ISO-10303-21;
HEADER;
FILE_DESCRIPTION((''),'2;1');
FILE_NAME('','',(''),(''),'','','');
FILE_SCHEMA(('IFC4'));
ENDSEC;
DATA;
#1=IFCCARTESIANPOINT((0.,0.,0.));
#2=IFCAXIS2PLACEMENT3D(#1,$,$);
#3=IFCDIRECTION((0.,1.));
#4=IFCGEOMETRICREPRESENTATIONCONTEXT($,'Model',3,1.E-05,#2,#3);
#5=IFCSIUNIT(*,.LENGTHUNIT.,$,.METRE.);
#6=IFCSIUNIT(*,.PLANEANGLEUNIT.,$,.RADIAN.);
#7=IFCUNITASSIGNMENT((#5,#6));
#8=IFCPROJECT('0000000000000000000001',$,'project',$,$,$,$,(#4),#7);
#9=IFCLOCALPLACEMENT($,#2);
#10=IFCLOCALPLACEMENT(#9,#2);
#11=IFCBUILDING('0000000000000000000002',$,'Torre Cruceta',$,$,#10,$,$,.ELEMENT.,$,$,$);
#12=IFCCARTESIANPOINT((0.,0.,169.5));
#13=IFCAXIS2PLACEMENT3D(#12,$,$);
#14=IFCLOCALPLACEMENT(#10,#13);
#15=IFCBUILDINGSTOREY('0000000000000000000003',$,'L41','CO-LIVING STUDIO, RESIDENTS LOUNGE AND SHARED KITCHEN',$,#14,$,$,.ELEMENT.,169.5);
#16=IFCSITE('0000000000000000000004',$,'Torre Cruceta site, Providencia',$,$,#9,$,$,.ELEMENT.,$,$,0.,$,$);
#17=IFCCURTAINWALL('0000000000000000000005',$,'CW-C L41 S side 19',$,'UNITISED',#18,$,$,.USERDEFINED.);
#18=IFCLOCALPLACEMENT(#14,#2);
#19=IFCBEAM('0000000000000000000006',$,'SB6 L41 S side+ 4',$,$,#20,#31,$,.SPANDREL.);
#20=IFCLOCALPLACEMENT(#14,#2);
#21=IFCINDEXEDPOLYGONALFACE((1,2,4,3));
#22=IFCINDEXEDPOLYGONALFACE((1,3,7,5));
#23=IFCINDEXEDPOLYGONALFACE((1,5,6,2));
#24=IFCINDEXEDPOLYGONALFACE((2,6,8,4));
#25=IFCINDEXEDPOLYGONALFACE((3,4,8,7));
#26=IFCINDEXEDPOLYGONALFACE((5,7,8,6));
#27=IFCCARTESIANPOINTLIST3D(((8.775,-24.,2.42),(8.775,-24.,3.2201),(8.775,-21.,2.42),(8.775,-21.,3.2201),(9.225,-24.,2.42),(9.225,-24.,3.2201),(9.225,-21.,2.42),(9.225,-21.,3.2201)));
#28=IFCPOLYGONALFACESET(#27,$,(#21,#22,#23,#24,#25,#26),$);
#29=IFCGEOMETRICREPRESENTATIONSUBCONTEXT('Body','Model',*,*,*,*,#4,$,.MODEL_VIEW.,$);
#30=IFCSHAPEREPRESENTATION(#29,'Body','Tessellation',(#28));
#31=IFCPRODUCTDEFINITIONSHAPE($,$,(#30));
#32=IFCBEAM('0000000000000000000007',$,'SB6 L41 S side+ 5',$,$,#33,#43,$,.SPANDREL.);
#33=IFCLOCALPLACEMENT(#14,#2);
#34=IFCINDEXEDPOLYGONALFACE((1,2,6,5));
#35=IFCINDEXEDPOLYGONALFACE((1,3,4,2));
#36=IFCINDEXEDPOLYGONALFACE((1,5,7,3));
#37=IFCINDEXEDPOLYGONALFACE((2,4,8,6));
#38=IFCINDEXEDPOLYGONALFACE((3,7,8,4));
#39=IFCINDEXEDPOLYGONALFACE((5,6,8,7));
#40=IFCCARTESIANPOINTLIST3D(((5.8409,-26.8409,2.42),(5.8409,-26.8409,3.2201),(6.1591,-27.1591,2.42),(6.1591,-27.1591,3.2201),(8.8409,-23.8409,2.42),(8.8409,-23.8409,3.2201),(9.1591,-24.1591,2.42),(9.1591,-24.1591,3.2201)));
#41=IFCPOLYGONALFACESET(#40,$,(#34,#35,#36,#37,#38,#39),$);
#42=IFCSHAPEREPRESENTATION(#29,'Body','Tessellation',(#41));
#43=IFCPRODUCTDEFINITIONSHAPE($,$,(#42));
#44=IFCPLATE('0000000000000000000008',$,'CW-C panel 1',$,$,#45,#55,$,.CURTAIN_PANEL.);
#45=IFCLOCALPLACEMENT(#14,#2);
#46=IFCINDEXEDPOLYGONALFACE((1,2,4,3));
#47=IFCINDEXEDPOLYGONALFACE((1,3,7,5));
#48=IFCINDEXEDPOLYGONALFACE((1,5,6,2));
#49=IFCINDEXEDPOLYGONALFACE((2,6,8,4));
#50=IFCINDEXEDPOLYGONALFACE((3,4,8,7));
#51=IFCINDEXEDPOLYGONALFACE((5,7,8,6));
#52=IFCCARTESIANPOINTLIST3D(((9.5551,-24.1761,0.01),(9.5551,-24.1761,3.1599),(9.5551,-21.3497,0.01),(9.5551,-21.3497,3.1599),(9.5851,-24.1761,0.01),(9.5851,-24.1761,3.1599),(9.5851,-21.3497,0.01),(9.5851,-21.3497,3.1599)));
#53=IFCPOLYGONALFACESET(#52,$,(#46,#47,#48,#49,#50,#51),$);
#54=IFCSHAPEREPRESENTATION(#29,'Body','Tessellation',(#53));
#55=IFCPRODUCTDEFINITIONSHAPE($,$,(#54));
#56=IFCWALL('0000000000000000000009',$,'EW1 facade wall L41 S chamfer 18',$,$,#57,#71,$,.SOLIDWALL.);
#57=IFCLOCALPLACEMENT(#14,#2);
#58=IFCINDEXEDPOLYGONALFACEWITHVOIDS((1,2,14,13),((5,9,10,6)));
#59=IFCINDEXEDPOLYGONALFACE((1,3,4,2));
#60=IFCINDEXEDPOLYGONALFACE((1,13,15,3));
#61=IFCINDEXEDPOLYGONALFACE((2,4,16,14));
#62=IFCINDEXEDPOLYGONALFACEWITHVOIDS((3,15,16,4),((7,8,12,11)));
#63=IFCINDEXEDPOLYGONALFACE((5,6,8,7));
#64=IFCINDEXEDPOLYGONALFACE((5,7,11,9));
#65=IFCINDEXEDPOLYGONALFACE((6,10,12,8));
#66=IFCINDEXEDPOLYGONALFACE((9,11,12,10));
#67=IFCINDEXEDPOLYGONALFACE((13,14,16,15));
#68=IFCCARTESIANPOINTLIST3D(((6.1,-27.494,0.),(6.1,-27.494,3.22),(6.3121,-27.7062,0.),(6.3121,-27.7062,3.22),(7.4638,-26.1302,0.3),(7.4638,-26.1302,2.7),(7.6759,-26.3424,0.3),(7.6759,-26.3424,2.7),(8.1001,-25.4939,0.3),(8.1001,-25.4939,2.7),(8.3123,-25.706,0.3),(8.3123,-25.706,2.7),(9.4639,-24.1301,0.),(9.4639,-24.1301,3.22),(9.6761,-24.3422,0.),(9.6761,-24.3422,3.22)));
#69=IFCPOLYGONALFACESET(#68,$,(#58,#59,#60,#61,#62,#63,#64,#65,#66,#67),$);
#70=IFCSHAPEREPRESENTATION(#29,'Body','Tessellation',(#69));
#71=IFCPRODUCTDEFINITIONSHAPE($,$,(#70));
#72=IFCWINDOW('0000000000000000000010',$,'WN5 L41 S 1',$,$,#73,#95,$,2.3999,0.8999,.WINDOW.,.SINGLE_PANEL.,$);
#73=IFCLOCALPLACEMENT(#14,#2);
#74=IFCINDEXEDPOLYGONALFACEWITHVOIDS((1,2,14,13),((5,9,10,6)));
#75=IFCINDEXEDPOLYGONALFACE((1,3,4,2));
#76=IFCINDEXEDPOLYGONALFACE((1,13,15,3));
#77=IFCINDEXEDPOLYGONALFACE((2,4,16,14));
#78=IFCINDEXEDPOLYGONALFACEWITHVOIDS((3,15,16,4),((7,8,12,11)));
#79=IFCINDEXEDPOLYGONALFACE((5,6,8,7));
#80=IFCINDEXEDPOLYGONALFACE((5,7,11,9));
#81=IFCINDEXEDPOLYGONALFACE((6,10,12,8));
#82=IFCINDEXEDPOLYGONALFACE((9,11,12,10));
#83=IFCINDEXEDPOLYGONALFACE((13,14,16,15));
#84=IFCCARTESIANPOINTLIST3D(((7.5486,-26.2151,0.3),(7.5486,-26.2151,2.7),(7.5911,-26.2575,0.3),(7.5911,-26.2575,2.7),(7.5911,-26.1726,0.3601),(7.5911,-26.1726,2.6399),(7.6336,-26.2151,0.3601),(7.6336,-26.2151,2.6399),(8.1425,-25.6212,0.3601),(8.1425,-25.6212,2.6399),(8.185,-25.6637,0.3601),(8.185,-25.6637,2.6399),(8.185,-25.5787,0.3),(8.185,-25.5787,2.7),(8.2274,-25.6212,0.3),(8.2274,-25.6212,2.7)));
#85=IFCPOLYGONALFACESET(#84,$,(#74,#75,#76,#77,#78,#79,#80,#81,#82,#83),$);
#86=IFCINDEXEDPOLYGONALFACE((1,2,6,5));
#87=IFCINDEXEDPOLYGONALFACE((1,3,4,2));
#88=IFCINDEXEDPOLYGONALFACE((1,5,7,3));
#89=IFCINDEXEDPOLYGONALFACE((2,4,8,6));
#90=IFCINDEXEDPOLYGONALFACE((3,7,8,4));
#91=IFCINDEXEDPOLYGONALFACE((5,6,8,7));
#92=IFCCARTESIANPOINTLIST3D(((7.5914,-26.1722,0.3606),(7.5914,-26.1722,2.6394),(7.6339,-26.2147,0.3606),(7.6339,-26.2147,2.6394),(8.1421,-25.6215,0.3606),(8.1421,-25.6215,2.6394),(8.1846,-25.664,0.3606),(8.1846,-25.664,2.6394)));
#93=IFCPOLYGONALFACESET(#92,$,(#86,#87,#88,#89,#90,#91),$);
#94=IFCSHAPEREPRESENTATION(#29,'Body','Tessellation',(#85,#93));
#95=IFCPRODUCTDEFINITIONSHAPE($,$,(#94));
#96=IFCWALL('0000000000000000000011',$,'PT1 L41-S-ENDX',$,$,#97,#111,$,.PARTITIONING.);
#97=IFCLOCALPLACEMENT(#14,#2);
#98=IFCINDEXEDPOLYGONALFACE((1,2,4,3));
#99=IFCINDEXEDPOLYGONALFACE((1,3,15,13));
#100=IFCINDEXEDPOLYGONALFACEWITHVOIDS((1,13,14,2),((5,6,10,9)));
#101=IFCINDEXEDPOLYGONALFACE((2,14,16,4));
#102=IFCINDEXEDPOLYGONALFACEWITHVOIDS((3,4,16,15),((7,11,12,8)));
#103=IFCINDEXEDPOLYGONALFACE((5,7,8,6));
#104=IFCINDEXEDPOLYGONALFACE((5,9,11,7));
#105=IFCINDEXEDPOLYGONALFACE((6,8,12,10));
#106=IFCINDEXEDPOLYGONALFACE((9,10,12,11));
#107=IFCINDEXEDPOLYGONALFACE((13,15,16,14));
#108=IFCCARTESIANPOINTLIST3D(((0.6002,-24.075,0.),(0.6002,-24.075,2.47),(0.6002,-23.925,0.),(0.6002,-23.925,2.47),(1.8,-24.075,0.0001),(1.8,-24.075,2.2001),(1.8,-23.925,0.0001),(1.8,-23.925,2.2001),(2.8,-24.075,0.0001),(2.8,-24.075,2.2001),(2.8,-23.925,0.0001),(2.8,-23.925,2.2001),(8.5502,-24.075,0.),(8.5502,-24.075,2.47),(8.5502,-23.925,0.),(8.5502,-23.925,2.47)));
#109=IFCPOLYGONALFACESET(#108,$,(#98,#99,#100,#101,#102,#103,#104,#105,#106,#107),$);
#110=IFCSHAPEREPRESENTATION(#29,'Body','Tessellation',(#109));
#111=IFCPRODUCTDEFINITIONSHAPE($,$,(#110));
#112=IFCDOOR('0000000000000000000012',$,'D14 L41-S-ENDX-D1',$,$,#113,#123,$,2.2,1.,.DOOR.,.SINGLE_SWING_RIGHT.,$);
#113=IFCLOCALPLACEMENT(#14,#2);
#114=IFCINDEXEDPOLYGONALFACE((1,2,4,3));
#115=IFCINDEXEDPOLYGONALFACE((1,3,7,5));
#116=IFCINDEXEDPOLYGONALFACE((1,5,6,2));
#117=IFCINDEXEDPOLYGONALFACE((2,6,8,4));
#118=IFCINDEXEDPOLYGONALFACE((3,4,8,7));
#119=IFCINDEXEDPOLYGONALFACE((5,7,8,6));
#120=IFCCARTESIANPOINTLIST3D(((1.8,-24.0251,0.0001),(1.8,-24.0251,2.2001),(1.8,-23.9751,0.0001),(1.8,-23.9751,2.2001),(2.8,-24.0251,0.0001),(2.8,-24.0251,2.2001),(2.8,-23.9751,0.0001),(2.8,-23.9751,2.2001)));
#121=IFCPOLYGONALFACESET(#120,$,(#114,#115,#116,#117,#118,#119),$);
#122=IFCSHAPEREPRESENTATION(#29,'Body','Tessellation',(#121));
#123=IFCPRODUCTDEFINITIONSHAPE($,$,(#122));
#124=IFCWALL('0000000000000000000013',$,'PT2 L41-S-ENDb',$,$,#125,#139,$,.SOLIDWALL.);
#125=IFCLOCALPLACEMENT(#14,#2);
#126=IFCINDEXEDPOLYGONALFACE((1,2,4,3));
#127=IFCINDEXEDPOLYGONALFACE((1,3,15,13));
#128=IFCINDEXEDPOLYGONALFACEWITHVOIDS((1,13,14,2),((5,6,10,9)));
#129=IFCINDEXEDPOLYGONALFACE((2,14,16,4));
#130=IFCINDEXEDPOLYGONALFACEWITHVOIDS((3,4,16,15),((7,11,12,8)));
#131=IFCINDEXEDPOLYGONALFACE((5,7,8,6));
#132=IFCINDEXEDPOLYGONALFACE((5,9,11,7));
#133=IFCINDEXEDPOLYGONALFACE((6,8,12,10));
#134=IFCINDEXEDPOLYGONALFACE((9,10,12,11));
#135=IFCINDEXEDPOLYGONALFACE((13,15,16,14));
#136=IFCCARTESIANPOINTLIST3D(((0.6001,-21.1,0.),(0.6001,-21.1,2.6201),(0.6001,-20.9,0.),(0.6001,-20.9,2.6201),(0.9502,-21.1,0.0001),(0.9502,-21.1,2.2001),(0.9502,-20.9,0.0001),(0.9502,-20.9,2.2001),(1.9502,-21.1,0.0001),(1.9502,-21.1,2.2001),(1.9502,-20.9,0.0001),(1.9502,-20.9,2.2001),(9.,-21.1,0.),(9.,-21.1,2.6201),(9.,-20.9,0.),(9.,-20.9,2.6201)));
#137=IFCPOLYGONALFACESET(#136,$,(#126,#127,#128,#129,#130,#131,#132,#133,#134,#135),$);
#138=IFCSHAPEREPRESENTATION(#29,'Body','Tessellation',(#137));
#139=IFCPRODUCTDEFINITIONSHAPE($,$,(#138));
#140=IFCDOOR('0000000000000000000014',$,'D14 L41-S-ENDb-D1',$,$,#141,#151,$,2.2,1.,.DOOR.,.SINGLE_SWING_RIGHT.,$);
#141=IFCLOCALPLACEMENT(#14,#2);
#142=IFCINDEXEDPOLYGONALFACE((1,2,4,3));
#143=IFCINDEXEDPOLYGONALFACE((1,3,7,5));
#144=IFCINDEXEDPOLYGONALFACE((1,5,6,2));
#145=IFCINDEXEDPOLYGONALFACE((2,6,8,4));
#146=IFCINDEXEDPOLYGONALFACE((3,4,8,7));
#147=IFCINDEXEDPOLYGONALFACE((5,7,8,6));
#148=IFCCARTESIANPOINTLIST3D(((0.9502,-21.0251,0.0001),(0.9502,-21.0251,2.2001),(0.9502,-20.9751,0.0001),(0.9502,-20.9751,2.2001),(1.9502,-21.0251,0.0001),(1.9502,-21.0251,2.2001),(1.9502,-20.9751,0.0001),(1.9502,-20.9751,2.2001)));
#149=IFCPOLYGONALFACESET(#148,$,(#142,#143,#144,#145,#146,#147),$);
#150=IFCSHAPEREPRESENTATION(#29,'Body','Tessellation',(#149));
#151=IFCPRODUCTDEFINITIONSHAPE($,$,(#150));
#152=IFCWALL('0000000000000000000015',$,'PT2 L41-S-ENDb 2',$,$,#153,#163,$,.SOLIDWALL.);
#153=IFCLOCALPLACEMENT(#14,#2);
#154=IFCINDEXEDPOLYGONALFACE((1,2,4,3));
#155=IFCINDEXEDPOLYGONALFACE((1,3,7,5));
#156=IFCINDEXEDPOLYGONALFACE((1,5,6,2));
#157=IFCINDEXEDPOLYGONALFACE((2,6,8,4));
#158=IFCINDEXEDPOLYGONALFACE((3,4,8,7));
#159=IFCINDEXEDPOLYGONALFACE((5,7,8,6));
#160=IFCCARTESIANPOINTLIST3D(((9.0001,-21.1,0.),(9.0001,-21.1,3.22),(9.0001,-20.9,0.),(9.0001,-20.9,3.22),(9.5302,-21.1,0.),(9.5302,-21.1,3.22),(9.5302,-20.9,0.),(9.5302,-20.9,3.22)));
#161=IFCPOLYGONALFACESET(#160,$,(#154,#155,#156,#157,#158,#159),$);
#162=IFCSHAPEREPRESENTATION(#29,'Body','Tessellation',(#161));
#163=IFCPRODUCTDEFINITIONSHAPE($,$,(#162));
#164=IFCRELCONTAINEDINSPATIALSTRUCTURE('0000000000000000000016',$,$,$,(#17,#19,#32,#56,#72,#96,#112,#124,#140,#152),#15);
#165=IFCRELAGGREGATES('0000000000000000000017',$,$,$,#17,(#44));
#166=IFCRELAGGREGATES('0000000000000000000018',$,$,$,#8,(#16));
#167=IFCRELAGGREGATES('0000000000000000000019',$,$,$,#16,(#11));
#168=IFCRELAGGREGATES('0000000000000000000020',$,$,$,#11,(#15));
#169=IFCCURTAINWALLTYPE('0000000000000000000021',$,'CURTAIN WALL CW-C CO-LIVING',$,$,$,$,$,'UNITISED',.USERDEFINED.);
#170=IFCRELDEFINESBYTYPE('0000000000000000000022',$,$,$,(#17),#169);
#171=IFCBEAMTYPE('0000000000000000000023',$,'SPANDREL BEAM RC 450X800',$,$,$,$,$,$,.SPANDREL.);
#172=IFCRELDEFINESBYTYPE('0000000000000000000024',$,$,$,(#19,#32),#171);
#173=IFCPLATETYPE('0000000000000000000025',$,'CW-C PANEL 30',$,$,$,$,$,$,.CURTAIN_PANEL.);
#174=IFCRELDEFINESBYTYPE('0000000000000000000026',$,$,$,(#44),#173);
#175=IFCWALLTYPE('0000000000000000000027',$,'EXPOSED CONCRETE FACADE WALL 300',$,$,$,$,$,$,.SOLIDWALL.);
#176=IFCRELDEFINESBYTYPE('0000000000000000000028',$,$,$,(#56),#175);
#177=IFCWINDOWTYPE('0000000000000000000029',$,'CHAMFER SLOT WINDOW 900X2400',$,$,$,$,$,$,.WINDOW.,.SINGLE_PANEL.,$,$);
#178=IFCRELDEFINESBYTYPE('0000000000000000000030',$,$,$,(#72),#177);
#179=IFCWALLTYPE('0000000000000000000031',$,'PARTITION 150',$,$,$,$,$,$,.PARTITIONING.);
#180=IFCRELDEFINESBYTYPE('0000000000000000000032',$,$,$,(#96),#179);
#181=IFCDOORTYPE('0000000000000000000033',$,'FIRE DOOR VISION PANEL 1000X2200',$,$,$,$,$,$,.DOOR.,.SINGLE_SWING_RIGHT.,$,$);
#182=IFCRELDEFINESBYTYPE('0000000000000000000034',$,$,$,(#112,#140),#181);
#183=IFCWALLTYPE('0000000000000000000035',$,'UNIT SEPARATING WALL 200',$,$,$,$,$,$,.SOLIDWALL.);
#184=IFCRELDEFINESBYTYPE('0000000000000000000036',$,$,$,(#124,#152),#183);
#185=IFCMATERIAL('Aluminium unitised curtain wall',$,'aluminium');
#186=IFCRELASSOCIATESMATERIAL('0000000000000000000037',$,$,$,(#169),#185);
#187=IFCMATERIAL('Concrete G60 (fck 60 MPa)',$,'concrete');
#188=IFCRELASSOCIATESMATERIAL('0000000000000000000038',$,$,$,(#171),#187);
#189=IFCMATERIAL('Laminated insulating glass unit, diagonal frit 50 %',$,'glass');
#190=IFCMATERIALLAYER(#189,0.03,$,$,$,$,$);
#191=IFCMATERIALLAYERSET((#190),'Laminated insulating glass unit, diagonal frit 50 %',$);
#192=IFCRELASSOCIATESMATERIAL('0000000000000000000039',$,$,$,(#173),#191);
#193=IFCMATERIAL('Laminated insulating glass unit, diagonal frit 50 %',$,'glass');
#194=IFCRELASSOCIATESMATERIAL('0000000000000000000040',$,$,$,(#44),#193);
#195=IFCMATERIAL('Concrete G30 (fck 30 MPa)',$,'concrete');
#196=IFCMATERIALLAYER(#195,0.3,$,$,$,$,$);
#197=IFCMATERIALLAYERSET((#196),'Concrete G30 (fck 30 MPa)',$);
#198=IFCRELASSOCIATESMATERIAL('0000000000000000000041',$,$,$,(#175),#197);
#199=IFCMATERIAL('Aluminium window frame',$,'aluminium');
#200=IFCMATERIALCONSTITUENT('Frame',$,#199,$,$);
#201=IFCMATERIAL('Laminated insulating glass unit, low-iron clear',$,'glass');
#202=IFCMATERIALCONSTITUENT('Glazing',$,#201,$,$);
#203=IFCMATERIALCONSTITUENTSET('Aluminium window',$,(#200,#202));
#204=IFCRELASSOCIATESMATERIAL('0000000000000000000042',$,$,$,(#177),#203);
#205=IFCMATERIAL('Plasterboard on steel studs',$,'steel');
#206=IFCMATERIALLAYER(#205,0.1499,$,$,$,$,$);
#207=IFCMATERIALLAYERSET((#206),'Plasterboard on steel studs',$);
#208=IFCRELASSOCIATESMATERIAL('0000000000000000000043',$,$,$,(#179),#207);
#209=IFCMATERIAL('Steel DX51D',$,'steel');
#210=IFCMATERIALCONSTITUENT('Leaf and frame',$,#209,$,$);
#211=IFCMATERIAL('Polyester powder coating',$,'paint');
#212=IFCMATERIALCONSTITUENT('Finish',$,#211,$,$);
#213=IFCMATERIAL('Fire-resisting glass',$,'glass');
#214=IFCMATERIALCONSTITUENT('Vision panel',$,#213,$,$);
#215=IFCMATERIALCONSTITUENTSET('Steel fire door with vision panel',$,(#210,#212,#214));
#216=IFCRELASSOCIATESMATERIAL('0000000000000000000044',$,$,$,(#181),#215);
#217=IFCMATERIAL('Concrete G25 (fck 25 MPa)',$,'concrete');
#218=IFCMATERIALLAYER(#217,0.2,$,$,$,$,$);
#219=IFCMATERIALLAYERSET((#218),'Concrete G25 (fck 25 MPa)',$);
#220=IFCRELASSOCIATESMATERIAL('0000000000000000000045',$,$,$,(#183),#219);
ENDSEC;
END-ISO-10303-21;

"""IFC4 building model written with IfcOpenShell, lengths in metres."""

from ifc_helpers import new_model, si_unit, direction, frame, frame_2d, origin, origin_2d, place, context, subcontext, project, spatial, rectangle, hollow_rectangle, extrude, material, layer, layer_set, constituent, constituent_set, material_profile, profile_set, type_object, element, fill, aggregate, save


model = new_model("IFC4")

# Units and contexts
model_context = context("Model", 3, precision=1e-05, world=origin(), true_north=direction((0.0, 1.0)))
body_context = subcontext(model_context, "Body", "Model", "MODEL_VIEW")
ifc_project = project(units=[si_unit("LENGTHUNIT", "METRE"), si_unit("PLANEANGLEUNIT", "RADIAN")], contexts=[model_context])

# Site, building, storey
site_placement = place(None, origin())
site = spatial("IfcSite", under=ifc_project, at=site_placement, Name="Torre Cruceta site, Providencia", CompositionType="ELEMENT", RefElevation=0.0)
building_placement = place(site_placement, origin())
building = spatial("IfcBuilding", under=site, at=building_placement, Name="Torre Cruceta", CompositionType="ELEMENT")
storey_placement = place(building_placement, frame((0.0, 0.0, 169.5)))
storey = spatial("IfcBuildingStorey", under=building, at=storey_placement, Name="L41", Description="CO-LIVING STUDIO, RESIDENTS LOUNGE AND SHARED KITCHEN", CompositionType="ELEMENT", Elevation=169.5)

# Curtain wall
ifc_material_1 = material(Name="Aluminium unitised curtain wall", Category="aluminium")
curtain_wall_type = type_object("IfcCurtainWallType", Name="CURTAIN WALL CW-C CO-LIVING", ElementType="UNITISED", PredefinedType="USERDEFINED", material=ifc_material_1)
curtain_wall_placement = place(storey_placement, origin())
curtain_wall = element("IfcCurtainWall", 1, at=curtain_wall_placement, inside=storey, type_object=curtain_wall_type, Name="CW-C L41 S side 19", ObjectType="UNITISED", PredefinedType="USERDEFINED")

# Beams
ifc_material_2 = material(Name="Concrete G60 (fck 60 MPa)", Category="concrete")
ifc_material_profile_1 = material_profile(ifc_material_2, rectangle(XDim=0.45, YDim=0.8, at=origin_2d()), Name="RC 450X800")
ifc_profile_set_1 = profile_set([ifc_material_profile_1], Name="Concrete G60 (fck 60 MPa)")
beam_type_1 = type_object("IfcBeamType", Name="SPANDREL BEAM RC 450X800", PredefinedType="SPANDREL", material=ifc_profile_set_1)
beam_1_placement = place(storey_placement, frame((9.0, -21.0, 2.8201), z_axis=(0.0, -1.0, 0.0), x_axis=(1.0, 0.0, 0.0)))
element("IfcBeam", 2, at=beam_1_placement, inside=storey, type_object=beam_type_1, Name="SB6 L41 S side+ 4", PredefinedType="SPANDREL", context=body_context, shape_type="SweptSolid", body=[
    extrude(rectangle(XDim=0.45, YDim=0.8, at=origin_2d()), origin(), (0.0, 0.0, 1.0), 3.0),
])
beam_2_placement = place(storey_placement, frame((9.0, -24.0, 2.8201), z_axis=(-0.707107, -0.707107, 0.0), x_axis=(0.707107, -0.707107, 0.0)))
element("IfcBeam", 3, at=beam_2_placement, inside=storey, type_object=beam_type_1, Name="SB6 L41 S side+ 5", PredefinedType="SPANDREL", context=body_context, shape_type="SweptSolid", body=[
    extrude(rectangle(XDim=0.45, YDim=0.8, at=origin_2d()), origin(), (0.0, 0.0, 1.0), 4.2427),
])

# Plate
ifc_material_3 = material(Name="Laminated insulating glass unit, diagonal frit 50 %", Category="glass")
ifc_material_4 = material(Name="Laminated insulating glass unit, diagonal frit 50 %", Category="glass")
ifc_layer_1 = layer(ifc_material_4, 0.03)
ifc_layer_set_1 = layer_set([ifc_layer_1], Name="Laminated insulating glass unit, diagonal frit 50 %")
plate_type = type_object("IfcPlateType", Name="CW-C PANEL 30", PredefinedType="CURTAIN_PANEL", material=ifc_layer_set_1)
plate_placement = place(storey_placement, frame((9.5701, -22.7629, 0.01), z_axis=(0.0, 0.0, 1.0), x_axis=(0.0, 1.0, 0.0)))
plate = element("IfcPlate", 4, at=plate_placement, type_object=plate_type, material=ifc_material_3, Name="CW-C panel 1", PredefinedType="CURTAIN_PANEL", context=body_context, shape_type="SweptSolid", body=[
    extrude(rectangle(XDim=2.8264, YDim=0.03, at=origin_2d()), origin(), (0.0, 0.0, 1.0), 3.1499),
])
aggregate(curtain_wall, [plate])

# Wall, opening, window
ifc_material_5 = material(Name="Concrete G30 (fck 30 MPa)", Category="concrete")
ifc_layer_2 = layer(ifc_material_5, 0.3)
ifc_layer_set_2 = layer_set([ifc_layer_2], Name="Concrete G30 (fck 30 MPa)")
wall_type_1 = type_object("IfcWallType", Name="EXPOSED CONCRETE FACADE WALL 300", PredefinedType="SOLIDWALL", material=ifc_layer_set_2)
wall_1_placement = place(storey_placement, frame((6.2061, -27.6001, 0.0), z_axis=(0.0, 0.0, 1.0), x_axis=(0.707107, 0.707107, 0.0)))
wall_1 = element("IfcWall", 5, at=wall_1_placement, inside=storey, type_object=wall_type_1, Name="EW1 facade wall L41 S chamfer 18", PredefinedType="SOLIDWALL", context=body_context, shape_type="SweptSolid", body=[
    extrude(rectangle(XDim=4.7573, YDim=0.3, at=frame_2d((2.3787, 0.0))), origin(), (0.0, 0.0, 1.0), 3.22),
])
opening_1_placement = place(wall_1_placement, frame((1.9287, 0.0, 0.3)))
opening_1 = element("IfcOpeningElement", 6, at=opening_1_placement, cuts=wall_1, PredefinedType="OPENING", context=body_context, shape_type="SweptSolid", body=[
    extrude(rectangle(XDim=0.8999, YDim=2.3999, at=frame_2d((0.45, 1.2))), frame((0.0, 0.1599, 0.0), z_axis=(0.0, -1.0, 0.0), x_axis=(1.0, 0.0, 0.0)), (0.0, 0.0, 1.0), 0.3201),
])
ifc_material_6 = material(Name="Aluminium window frame", Category="aluminium")
ifc_constituent_1 = constituent(ifc_material_6, Name="Frame")
ifc_material_7 = material(Name="Laminated insulating glass unit, low-iron clear", Category="glass")
ifc_constituent_2 = constituent(ifc_material_7, Name="Glazing")
ifc_constituent_set_1 = constituent_set(constituents=[ifc_constituent_1, ifc_constituent_2], Name="Aluminium window")
window_type = type_object("IfcWindowType", Name="CHAMFER SLOT WINDOW 900X2400", PartitioningType="SINGLE_PANEL", PredefinedType="WINDOW", material=ifc_constituent_set_1)
window_placement = place(opening_1_placement, origin())
window = element("IfcWindow", 7, at=window_placement, inside=storey, type_object=window_type, Name="WN5 L41 S 1", OverallHeight=2.3999, OverallWidth=0.8999, PartitioningType="SINGLE_PANEL", PredefinedType="WINDOW", context=body_context, shape_type="SweptSolid", body=[
    extrude(hollow_rectangle(XDim=0.8999, YDim=2.3999, WallThickness=0.0601, at=frame_2d((0.45, 1.2))), frame((0.0, 0.03, 0.0), z_axis=(0.0, -1.0, 0.0), x_axis=(1.0, 0.0, 0.0)), (0.0, 0.0, 1.0), 0.0601),
    extrude(rectangle(XDim=0.7788, YDim=2.2788, at=frame_2d((0.45, 1.2))), frame((0.0, 0.03, 0.0), z_axis=(0.0, -1.0, 0.0), x_axis=(1.0, 0.0, 0.0)), (0.0, 0.0, 1.0), 0.0601),
])
fill(opening_1, window)

# Walls, openings, doors
ifc_material_8 = material(Name="Plasterboard on steel studs", Category="steel")
ifc_layer_3 = layer(ifc_material_8, 0.1499)
ifc_layer_set_3 = layer_set([ifc_layer_3], Name="Plasterboard on steel studs")
wall_type_2 = type_object("IfcWallType", Name="PARTITION 150", PredefinedType="PARTITIONING", material=ifc_layer_set_3)
wall_2_placement = place(storey_placement, frame((0.6001, -24.0, 0.0), z_axis=(0.0, 0.0, 1.0), x_axis=(1.0, 0.0, 0.0)))
wall_2 = element("IfcWall", 8, at=wall_2_placement, inside=storey, type_object=wall_type_2, Name="PT1 L41-S-ENDX", PredefinedType="PARTITIONING", context=body_context, shape_type="SweptSolid", body=[
    extrude(rectangle(XDim=7.95, YDim=0.1499, at=frame_2d((3.9751, 0.0))), origin(), (0.0, 0.0, 1.0), 2.47),
])
opening_2_placement = place(wall_2_placement, frame((1.2, 0.0, 0.0)))
opening_2 = element("IfcOpeningElement", 9, at=opening_2_placement, cuts=wall_2, PredefinedType="OPENING", context=body_context, shape_type="SweptSolid", body=[
    extrude(rectangle(XDim=1.0, YDim=2.2, at=frame_2d((0.5, 1.1001))), frame((0.0, 0.085, 0.0), z_axis=(0.0, -1.0, 0.0), x_axis=(1.0, 0.0, 0.0)), (0.0, 0.0, 1.0), 0.1699),
])
ifc_material_9 = material(Name="Steel DX51D", Category="steel")
ifc_constituent_3 = constituent(ifc_material_9, Name="Leaf and frame")
ifc_material_10 = material(Name="Polyester powder coating", Category="paint")
ifc_constituent_4 = constituent(ifc_material_10, Name="Finish")
ifc_material_11 = material(Name="Fire-resisting glass", Category="glass")
ifc_constituent_5 = constituent(ifc_material_11, Name="Vision panel")
ifc_constituent_set_2 = constituent_set(constituents=[ifc_constituent_3, ifc_constituent_4, ifc_constituent_5], Name="Steel fire door with vision panel")
door_type = type_object("IfcDoorType", Name="FIRE DOOR VISION PANEL 1000X2200", OperationType="SINGLE_SWING_RIGHT", PredefinedType="DOOR", material=ifc_constituent_set_2)
door_1_placement = place(opening_2_placement, frame((1.0, 0.0, 0.0), z_axis=(0.0, 0.0, 1.0), x_axis=(-1.0, 0.0, 0.0)))
door_1 = element("IfcDoor", 10, at=door_1_placement, inside=storey, type_object=door_type, Name="D14 L41-S-ENDX-D1", OperationType="SINGLE_SWING_RIGHT", OverallHeight=2.2, OverallWidth=1.0, PredefinedType="DOOR", context=body_context, shape_type="SweptSolid", body=[
    extrude(rectangle(XDim=1.0, YDim=2.2, at=frame_2d((0.5, 1.1001))), frame((0.0, 0.0251, 0.0), z_axis=(0.0, -1.0, 0.0), x_axis=(1.0, 0.0, 0.0)), (0.0, 0.0, 1.0), 0.05),
])
fill(opening_2, door_1)
ifc_material_12 = material(Name="Concrete G25 (fck 25 MPa)", Category="concrete")
ifc_layer_4 = layer(ifc_material_12, 0.2)
ifc_layer_set_4 = layer_set([ifc_layer_4], Name="Concrete G25 (fck 25 MPa)")
wall_type_3 = type_object("IfcWallType", Name="UNIT SEPARATING WALL 200", PredefinedType="SOLIDWALL", material=ifc_layer_set_4)
wall_3_placement = place(storey_placement, frame((0.6001, -21.0, 0.0), z_axis=(0.0, 0.0, 1.0), x_axis=(1.0, 0.0, 0.0)))
wall_3 = element("IfcWall", 11, at=wall_3_placement, inside=storey, type_object=wall_type_3, Name="PT2 L41-S-ENDb", PredefinedType="SOLIDWALL", context=body_context, shape_type="SweptSolid", body=[
    extrude(rectangle(XDim=8.3999, YDim=0.2, at=frame_2d((4.2, 0.0))), origin(), (0.0, 0.0, 1.0), 2.6201),
])
opening_3_placement = place(wall_3_placement, frame((0.3501, 0.0, 0.0)))
opening_3 = element("IfcOpeningElement", 12, at=opening_3_placement, cuts=wall_3, PredefinedType="OPENING", context=body_context, shape_type="SweptSolid", body=[
    extrude(rectangle(XDim=1.0, YDim=2.2, at=frame_2d((0.5, 1.1001))), frame((0.0, 0.1099, 0.0), z_axis=(0.0, -1.0, 0.0), x_axis=(1.0, 0.0, 0.0)), (0.0, 0.0, 1.0), 0.22),
])
door_2_placement = place(opening_3_placement, frame((1.0, 0.0, 0.0), z_axis=(0.0, 0.0, 1.0), x_axis=(-1.0, 0.0, 0.0)))
door_2 = element("IfcDoor", 13, at=door_2_placement, inside=storey, type_object=door_type, Name="D14 L41-S-ENDb-D1", OperationType="SINGLE_SWING_RIGHT", OverallHeight=2.2, OverallWidth=1.0, PredefinedType="DOOR", context=body_context, shape_type="SweptSolid", body=[
    extrude(rectangle(XDim=1.0, YDim=2.2, at=frame_2d((0.5, 1.1001))), frame((0.0, 0.0251, 0.0), z_axis=(0.0, -1.0, 0.0), x_axis=(1.0, 0.0, 0.0)), (0.0, 0.0, 1.0), 0.05),
])
fill(opening_3, door_2)

# Wall
wall_4_placement = place(storey_placement, frame((9.0, -21.0, 0.0), z_axis=(0.0, 0.0, 1.0), x_axis=(1.0, 0.0, 0.0)))
element("IfcWall", 14, at=wall_4_placement, inside=storey, type_object=wall_type_3, Name="PT2 L41-S-ENDb 2", PredefinedType="SOLIDWALL", context=body_context, shape_type="SweptSolid", body=[
    extrude(rectangle(XDim=0.53, YDim=0.2, at=frame_2d((0.2651, 0.0))), origin(), (0.0, 0.0, 1.0), 3.22),
])

save(model, "model.ifc")
